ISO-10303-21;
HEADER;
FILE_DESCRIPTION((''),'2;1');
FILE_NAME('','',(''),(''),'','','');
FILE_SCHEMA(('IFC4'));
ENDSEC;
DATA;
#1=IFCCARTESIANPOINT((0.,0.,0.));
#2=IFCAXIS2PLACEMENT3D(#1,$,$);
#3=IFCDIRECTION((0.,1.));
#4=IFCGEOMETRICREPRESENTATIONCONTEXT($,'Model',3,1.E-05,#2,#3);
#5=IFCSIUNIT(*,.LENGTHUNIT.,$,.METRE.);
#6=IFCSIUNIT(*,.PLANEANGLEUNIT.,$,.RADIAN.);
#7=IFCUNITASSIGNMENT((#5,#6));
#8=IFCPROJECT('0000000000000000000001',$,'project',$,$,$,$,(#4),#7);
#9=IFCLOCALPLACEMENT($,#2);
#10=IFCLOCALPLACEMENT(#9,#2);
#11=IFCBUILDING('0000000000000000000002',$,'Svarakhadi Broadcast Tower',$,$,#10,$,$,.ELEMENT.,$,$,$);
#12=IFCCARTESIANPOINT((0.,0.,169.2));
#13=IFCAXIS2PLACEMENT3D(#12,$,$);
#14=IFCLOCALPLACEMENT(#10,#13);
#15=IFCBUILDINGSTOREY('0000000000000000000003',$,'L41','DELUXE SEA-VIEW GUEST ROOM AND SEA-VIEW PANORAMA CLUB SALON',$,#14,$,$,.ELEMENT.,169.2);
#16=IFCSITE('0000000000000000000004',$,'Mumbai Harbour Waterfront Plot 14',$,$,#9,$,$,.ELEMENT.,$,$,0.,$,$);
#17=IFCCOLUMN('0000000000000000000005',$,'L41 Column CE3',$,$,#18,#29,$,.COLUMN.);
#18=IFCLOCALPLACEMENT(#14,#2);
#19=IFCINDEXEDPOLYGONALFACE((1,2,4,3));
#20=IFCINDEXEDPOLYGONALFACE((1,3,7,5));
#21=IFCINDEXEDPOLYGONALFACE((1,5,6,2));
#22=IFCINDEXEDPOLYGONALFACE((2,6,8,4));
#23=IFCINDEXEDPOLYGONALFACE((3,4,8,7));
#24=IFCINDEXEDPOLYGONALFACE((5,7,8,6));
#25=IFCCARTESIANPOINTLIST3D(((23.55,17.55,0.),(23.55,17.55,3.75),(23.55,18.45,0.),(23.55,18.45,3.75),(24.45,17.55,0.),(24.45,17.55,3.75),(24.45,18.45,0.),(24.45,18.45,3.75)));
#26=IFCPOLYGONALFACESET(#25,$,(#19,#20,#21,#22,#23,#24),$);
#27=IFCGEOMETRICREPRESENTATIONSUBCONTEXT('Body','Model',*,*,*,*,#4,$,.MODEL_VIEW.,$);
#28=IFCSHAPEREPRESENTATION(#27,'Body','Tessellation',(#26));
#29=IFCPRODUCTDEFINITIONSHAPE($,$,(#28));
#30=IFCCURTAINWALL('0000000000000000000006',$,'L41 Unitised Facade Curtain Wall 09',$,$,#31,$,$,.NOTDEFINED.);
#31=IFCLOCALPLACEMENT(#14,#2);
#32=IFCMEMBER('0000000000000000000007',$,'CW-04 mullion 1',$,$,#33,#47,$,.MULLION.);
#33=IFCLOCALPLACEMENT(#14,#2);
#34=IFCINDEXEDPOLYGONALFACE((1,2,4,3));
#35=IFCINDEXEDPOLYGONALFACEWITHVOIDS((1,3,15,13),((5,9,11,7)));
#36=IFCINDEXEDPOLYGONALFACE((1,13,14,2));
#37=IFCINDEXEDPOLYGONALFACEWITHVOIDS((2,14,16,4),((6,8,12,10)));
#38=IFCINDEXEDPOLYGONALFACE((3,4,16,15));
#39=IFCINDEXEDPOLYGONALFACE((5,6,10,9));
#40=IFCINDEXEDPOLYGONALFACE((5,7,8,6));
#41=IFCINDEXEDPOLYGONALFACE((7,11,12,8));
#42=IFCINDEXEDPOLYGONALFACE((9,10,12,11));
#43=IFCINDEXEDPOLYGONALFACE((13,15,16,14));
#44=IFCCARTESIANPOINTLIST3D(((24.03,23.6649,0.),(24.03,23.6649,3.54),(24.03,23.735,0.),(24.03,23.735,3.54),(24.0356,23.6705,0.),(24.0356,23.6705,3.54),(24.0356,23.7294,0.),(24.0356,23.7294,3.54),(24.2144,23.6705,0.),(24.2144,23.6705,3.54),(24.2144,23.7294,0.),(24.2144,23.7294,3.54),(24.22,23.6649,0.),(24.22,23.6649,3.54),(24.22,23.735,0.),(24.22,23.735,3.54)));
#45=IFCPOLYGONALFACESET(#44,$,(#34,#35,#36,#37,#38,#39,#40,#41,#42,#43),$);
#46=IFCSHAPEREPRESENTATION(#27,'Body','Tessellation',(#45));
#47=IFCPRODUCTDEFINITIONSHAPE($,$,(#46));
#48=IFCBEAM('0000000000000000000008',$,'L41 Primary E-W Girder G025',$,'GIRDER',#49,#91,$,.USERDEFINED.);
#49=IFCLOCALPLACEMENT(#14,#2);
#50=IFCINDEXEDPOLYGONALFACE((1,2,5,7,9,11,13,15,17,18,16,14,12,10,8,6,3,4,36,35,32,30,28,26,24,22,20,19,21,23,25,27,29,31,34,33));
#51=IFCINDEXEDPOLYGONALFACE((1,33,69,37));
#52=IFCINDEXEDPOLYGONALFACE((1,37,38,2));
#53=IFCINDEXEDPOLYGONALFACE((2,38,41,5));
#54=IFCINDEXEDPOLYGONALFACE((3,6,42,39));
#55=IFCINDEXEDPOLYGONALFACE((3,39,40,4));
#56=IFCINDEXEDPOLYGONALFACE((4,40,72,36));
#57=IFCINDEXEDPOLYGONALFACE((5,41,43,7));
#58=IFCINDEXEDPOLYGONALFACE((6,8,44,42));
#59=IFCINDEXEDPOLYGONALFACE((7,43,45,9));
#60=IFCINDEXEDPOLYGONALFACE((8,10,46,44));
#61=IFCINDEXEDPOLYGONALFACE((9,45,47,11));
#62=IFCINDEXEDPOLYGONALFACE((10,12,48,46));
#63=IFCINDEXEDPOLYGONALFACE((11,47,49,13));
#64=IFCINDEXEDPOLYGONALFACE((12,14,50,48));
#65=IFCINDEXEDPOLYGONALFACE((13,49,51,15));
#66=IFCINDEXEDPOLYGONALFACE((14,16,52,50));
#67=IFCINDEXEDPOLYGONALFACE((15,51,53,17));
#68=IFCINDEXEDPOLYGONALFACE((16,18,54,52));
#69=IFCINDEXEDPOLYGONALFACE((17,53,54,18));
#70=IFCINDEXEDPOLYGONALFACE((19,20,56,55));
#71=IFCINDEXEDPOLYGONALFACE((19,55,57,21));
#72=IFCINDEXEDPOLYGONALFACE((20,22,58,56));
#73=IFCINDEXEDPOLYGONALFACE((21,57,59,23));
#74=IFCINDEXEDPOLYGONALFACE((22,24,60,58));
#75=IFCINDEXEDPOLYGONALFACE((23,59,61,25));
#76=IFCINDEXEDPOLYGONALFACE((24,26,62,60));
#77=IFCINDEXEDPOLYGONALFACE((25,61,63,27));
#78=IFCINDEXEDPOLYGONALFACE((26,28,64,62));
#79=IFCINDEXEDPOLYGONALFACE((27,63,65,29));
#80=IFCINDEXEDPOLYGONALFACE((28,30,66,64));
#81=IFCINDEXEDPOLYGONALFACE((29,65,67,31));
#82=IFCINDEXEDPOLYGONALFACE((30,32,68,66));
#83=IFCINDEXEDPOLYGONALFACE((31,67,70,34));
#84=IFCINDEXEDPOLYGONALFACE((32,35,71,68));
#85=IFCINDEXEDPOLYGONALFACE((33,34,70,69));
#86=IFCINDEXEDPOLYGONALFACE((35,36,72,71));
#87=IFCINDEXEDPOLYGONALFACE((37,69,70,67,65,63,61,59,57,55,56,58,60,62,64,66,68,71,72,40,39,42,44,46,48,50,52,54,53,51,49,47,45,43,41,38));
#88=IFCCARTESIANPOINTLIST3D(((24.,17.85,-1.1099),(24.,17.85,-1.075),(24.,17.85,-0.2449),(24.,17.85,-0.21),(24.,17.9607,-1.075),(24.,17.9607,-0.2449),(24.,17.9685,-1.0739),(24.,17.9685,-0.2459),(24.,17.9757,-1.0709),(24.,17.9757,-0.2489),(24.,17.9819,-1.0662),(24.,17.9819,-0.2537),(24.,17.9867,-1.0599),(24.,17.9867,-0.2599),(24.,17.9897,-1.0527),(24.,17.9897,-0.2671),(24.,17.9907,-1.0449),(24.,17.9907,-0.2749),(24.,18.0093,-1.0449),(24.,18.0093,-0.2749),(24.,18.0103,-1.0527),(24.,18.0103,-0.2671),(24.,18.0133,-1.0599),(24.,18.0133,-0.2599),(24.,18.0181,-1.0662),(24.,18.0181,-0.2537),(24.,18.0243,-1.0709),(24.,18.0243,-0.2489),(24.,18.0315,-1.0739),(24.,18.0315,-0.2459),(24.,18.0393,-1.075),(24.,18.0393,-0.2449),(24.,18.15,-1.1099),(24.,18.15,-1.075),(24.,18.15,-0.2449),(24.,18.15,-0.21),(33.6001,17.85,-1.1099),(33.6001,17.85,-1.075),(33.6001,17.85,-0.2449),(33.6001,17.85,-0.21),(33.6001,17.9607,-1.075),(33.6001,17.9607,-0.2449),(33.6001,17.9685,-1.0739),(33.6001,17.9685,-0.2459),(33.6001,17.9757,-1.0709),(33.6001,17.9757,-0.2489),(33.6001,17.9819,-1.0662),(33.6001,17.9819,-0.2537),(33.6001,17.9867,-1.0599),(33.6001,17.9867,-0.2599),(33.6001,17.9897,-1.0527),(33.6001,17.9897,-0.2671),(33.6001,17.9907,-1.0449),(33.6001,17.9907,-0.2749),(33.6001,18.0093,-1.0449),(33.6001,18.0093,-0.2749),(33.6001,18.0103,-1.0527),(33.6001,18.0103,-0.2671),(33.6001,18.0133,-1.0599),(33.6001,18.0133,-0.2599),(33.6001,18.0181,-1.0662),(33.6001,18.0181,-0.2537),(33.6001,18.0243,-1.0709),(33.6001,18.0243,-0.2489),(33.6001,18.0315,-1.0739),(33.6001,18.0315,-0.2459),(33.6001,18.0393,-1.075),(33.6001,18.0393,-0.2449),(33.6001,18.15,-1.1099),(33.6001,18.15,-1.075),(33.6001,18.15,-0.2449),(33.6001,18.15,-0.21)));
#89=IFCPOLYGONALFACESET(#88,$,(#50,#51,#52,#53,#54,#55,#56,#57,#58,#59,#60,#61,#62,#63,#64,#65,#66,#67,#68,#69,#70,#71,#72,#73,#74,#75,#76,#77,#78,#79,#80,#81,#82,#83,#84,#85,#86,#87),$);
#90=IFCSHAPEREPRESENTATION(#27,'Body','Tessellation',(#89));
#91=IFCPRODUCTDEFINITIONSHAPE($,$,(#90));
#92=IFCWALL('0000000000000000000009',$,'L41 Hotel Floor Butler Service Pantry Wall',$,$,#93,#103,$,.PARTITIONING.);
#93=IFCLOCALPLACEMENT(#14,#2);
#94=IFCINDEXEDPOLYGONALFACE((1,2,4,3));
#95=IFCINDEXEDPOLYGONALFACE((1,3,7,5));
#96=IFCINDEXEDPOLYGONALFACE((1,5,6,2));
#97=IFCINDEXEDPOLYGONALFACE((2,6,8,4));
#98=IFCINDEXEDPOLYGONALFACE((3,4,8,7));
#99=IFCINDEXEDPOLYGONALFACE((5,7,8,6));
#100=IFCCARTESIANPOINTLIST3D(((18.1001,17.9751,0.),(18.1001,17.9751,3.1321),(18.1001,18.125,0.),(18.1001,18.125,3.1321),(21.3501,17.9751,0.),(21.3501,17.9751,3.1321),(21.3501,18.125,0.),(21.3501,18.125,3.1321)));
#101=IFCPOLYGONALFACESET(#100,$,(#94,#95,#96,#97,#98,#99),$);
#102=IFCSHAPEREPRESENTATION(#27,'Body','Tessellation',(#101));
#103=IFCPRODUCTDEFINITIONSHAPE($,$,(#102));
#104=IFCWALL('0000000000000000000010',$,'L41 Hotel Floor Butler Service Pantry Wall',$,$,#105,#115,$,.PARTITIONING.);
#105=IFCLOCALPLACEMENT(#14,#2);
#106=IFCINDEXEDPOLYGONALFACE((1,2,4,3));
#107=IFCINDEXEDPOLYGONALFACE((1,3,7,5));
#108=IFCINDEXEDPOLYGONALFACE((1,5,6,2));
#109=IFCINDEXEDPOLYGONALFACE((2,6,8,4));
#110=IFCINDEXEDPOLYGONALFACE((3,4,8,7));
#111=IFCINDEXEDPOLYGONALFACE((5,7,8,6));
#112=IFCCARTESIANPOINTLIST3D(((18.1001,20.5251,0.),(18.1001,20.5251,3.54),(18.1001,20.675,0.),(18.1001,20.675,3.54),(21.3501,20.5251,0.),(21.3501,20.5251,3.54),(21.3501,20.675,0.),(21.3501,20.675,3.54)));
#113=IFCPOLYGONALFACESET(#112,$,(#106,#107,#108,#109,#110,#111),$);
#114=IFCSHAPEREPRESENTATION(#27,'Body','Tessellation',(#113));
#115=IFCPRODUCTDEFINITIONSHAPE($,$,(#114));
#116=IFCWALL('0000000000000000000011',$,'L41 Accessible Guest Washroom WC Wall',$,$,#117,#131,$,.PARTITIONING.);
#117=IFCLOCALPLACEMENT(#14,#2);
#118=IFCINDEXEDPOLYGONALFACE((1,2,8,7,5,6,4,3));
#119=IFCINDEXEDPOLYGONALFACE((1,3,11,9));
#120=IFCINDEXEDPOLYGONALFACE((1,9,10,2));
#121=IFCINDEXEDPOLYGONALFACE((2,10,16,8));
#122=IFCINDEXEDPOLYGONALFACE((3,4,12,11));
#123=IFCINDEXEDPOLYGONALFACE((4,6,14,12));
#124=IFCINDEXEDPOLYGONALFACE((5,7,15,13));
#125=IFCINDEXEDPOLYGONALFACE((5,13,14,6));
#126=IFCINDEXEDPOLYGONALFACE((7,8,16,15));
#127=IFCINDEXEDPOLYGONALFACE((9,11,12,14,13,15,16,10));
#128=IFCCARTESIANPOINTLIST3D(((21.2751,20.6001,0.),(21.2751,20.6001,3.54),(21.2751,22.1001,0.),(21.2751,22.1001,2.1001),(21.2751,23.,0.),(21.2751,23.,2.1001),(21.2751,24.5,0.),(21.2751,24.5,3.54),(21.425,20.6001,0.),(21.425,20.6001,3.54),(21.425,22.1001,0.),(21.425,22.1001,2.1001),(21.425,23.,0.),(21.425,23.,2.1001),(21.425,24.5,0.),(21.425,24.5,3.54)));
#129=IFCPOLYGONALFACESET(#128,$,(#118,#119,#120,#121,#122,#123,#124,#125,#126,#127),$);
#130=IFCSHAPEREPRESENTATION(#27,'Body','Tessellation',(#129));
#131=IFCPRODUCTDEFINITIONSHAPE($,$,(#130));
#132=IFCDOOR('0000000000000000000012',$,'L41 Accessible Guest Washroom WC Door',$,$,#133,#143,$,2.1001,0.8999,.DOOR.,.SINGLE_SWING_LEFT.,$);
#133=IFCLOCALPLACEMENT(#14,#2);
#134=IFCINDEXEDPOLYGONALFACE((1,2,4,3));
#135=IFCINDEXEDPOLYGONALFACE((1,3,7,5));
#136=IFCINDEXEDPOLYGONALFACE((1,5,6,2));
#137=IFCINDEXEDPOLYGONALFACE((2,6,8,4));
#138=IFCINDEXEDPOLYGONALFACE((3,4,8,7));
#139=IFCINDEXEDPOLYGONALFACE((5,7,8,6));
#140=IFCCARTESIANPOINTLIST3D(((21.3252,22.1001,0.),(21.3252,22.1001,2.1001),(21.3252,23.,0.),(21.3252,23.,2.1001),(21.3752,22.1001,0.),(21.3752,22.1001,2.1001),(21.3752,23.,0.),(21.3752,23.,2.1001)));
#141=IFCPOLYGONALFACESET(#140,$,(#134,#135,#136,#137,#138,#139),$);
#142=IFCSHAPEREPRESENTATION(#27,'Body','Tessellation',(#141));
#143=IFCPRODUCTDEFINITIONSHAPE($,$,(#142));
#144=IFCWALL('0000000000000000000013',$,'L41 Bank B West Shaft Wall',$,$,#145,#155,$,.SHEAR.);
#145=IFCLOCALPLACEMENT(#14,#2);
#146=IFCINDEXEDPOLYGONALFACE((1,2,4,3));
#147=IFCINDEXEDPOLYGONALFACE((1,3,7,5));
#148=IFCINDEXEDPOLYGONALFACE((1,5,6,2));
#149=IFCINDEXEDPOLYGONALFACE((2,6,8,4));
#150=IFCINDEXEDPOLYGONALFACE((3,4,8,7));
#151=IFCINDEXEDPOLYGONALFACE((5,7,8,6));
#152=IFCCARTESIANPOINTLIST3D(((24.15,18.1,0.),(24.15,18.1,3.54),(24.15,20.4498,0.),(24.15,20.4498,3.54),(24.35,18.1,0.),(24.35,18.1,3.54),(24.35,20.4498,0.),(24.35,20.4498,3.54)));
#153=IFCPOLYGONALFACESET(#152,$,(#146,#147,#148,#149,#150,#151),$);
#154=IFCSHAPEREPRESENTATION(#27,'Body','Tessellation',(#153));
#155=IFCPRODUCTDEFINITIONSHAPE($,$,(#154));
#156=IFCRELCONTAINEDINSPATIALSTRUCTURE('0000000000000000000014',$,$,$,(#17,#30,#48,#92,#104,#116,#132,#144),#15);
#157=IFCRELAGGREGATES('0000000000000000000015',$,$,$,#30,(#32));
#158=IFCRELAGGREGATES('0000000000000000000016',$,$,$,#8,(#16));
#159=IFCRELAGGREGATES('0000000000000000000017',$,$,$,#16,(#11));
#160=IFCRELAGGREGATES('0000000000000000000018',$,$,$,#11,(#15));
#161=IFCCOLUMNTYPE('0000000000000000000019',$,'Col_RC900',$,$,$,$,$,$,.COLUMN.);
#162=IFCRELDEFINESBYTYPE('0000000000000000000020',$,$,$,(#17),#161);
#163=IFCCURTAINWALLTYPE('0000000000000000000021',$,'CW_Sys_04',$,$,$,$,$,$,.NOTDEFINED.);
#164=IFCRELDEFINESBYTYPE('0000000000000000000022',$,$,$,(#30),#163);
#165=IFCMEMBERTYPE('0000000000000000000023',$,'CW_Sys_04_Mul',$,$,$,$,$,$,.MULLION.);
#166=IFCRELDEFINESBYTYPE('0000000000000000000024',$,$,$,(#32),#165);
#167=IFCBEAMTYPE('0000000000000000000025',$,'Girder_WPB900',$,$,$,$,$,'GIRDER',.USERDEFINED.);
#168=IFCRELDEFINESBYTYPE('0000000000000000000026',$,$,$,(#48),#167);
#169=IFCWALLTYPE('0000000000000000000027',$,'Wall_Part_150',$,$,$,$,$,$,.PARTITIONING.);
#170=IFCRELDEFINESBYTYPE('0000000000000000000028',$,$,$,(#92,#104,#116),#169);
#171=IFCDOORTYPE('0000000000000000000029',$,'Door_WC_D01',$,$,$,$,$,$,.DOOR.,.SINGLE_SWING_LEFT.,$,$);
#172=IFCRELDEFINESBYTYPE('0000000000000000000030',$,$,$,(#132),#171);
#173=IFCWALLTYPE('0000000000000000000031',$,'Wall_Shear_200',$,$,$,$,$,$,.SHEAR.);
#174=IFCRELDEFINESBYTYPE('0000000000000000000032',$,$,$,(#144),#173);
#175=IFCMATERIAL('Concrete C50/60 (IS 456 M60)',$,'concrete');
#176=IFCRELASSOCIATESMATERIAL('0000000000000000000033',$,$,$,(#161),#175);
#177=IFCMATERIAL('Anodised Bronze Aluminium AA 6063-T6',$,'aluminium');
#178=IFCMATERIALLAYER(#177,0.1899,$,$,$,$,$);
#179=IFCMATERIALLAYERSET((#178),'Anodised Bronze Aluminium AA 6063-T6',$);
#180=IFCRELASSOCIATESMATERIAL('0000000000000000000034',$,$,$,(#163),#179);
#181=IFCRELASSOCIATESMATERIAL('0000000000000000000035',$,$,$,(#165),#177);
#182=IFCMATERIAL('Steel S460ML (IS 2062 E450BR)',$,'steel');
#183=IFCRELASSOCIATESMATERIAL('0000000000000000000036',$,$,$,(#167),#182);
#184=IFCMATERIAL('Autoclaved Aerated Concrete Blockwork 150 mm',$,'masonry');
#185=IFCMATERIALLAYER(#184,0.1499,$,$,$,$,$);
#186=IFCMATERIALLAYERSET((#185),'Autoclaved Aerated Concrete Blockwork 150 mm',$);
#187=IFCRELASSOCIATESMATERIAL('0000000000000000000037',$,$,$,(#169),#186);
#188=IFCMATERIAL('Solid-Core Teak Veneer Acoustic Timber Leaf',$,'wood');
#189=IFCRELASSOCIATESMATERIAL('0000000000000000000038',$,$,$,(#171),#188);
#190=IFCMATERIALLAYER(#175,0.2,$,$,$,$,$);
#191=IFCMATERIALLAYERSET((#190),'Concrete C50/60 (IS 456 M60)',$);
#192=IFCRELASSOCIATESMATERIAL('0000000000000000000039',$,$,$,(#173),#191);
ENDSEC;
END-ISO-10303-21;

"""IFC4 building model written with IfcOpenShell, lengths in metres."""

from ifc_helpers import new_model, si_unit, direction, frame, frame_2d, origin, origin_2d, place, context, subcontext, project, spatial, rectangle, hollow_rectangle, i_section, extrude, material, layer, layer_set, material_profile, profile_set, type_object, element, fill, aggregate, save


model = new_model("IFC4")

# Units and contexts
model_context = context("Model", 3, precision=1e-05, world=origin(), true_north=direction((0.0, 1.0)))
body_context = subcontext(model_context, "Body", "Model", "MODEL_VIEW")
ifc_project = project(units=[si_unit("LENGTHUNIT", "METRE"), si_unit("PLANEANGLEUNIT", "RADIAN")], contexts=[model_context])

# Site, building, storey
site_placement = place(None, origin())
site = spatial("IfcSite", under=ifc_project, at=site_placement, Name="Mumbai Harbour Waterfront Plot 14", CompositionType="ELEMENT", RefElevation=0.0)
building_placement = place(site_placement, origin())
building = spatial("IfcBuilding", under=site, at=building_placement, Name="Svarakhadi Broadcast Tower", CompositionType="ELEMENT")
storey_placement = place(building_placement, frame((0.0, 0.0, 169.2)))
storey = spatial("IfcBuildingStorey", under=building, at=storey_placement, Name="L41", Description="DELUXE SEA-VIEW GUEST ROOM AND SEA-VIEW PANORAMA CLUB SALON", CompositionType="ELEMENT", Elevation=169.2)

# Column
ifc_material_1 = material(Name="Concrete C50/60 (IS 456 M60)", Category="concrete")
ifc_material_profile_1 = material_profile(ifc_material_1, rectangle(XDim=0.8999, YDim=0.8999, at=origin_2d()), Name="RC 900x900")
ifc_profile_set_1 = profile_set([ifc_material_profile_1], Name="Concrete C50/60 (IS 456 M60)")
column_type = type_object("IfcColumnType", Name="Col_RC900", PredefinedType="COLUMN", material=ifc_profile_set_1)
column_placement = place(storey_placement, frame((24.0, 18.0, 0.0), z_axis=(0.0, 0.0, 1.0), x_axis=(1.0, 0.0, 0.0)))
element("IfcColumn", 1, at=column_placement, inside=storey, type_object=column_type, Name="L41 Column CE3", PredefinedType="COLUMN", context=body_context, shape_type="SweptSolid", body=[
    extrude(rectangle(XDim=0.8999, YDim=0.8999, at=origin_2d()), origin(), (0.0, 0.0, 1.0), 3.75),
])

# Curtain wall, member
ifc_material_2 = material(Name="Anodised Bronze Aluminium AA 6063-T6", Category="aluminium")
ifc_layer_1 = layer(ifc_material_2, 0.1899)
ifc_layer_set_1 = layer_set([ifc_layer_1], Name="Anodised Bronze Aluminium AA 6063-T6")
curtain_wall_type = type_object("IfcCurtainWallType", Name="CW_Sys_04", PredefinedType="NOTDEFINED", material=ifc_layer_set_1)
curtain_wall_placement = place(storey_placement, origin())
curtain_wall = element("IfcCurtainWall", 2, at=curtain_wall_placement, inside=storey, type_object=curtain_wall_type, Name="L41 Unitised Facade Curtain Wall 09", PredefinedType="NOTDEFINED")
ifc_material_profile_2 = material_profile(ifc_material_2, hollow_rectangle(XDim=0.0701, YDim=0.1899, WallThickness=0.0056, at=origin_2d()), Name="ALU MULLION 190x70x6")
ifc_profile_set_2 = profile_set([ifc_material_profile_2], Name="Anodised Bronze Aluminium AA 6063-T6")
member_type = type_object("IfcMemberType", Name="CW_Sys_04_Mul", PredefinedType="MULLION", material=ifc_profile_set_2)
member_placement = place(storey_placement, frame((24.125, 23.7, 0.0), z_axis=(0.0, 0.0, 1.0), x_axis=(0.0, 1.0, 0.0)))
member = element("IfcMember", 3, at=member_placement, type_object=member_type, Name="CW-04 mullion 1", PredefinedType="MULLION", context=body_context, shape_type="SweptSolid", body=[
    extrude(hollow_rectangle(XDim=0.0701, YDim=0.1899, WallThickness=0.0056, at=origin_2d()), origin(), (0.0, 0.0, 1.0), 3.54),
])
aggregate(curtain_wall, [member])

# Beam
ifc_material_3 = material(Name="Steel S460ML (IS 2062 E450BR)", Category="steel")
ifc_material_profile_3 = material_profile(ifc_material_3, i_section(OverallWidth=0.3, OverallDepth=0.8999, WebThickness=0.0186, FlangeThickness=0.0349, FilletRadius=0.03, at=origin_2d()), Name="WPB 900x300x291")
ifc_profile_set_3 = profile_set([ifc_material_profile_3], Name="Steel S460ML (IS 2062 E450BR)")
beam_type = type_object("IfcBeamType", Name="Girder_WPB900", ElementType="GIRDER", PredefinedType="USERDEFINED", material=ifc_profile_set_3)
beam_placement = place(storey_placement, frame((24.0, 18.0, -0.6599), z_axis=(1.0, 0.0, 0.0), x_axis=(0.0, 1.0, 0.0)))
element("IfcBeam", 4, at=beam_placement, inside=storey, type_object=beam_type, Name="L41 Primary E-W Girder G025", ObjectType="GIRDER", PredefinedType="USERDEFINED", context=body_context, shape_type="SweptSolid", body=[
    extrude(i_section(OverallWidth=0.3, OverallDepth=0.8999, WebThickness=0.0186, FlangeThickness=0.0349, FilletRadius=0.03, at=origin_2d()), origin(), (0.0, 0.0, 1.0), 9.6001),
])

# Walls
ifc_material_4 = material(Name="Autoclaved Aerated Concrete Blockwork 150 mm", Category="masonry")
ifc_layer_2 = layer(ifc_material_4, 0.1499)
ifc_layer_set_2 = layer_set([ifc_layer_2], Name="Autoclaved Aerated Concrete Blockwork 150 mm")
wall_type_1 = type_object("IfcWallType", Name="Wall_Part_150", PredefinedType="PARTITIONING", material=ifc_layer_set_2)
wall_1_placement = place(storey_placement, frame((18.1001, 18.05, 0.0), z_axis=(0.0, 0.0, 1.0), x_axis=(1.0, 0.0, 0.0)))
element("IfcWall", 5, at=wall_1_placement, inside=storey, type_object=wall_type_1, Name="L41 Hotel Floor Butler Service Pantry Wall", PredefinedType="PARTITIONING", context=body_context, shape_type="SweptSolid", body=[
    extrude(rectangle(XDim=3.25, YDim=0.1499, at=frame_2d((1.625, 0.0))), origin(), (0.0, 0.0, 1.0), 3.1321),
])
wall_2_placement = place(storey_placement, frame((18.1001, 20.6001, 0.0), z_axis=(0.0, 0.0, 1.0), x_axis=(1.0, 0.0, 0.0)))
element("IfcWall", 6, at=wall_2_placement, inside=storey, type_object=wall_type_1, Name="L41 Hotel Floor Butler Service Pantry Wall", PredefinedType="PARTITIONING", context=body_context, shape_type="SweptSolid", body=[
    extrude(rectangle(XDim=3.25, YDim=0.1499, at=frame_2d((1.625, 0.0))), origin(), (0.0, 0.0, 1.0), 3.54),
])

# Wall, opening, door
ifc_material_5 = material(Name="Solid-Core Teak Veneer Acoustic Timber Leaf", Category="wood")
wall_3_placement = place(storey_placement, frame((21.3501, 20.6001, 0.0), z_axis=(0.0, 0.0, 1.0), x_axis=(0.0, 1.0, 0.0)))
wall_3 = element("IfcWall", 7, at=wall_3_placement, inside=storey, type_object=wall_type_1, Name="L41 Accessible Guest Washroom WC Wall", PredefinedType="PARTITIONING", context=body_context, shape_type="SweptSolid", body=[
    extrude(rectangle(XDim=3.8999, YDim=0.1499, at=frame_2d((1.95, 0.0))), origin(), (0.0, 0.0, 1.0), 3.54),
])
opening_1_placement = place(wall_3_placement, frame((1.5, 0.0, 0.0)))
opening_1 = element("IfcOpeningElement", 8, at=opening_1_placement, cuts=wall_3, PredefinedType="OPENING", context=body_context, shape_type="SweptSolid", body=[
    extrude(rectangle(XDim=0.8999, YDim=2.1001, at=frame_2d((0.45, 1.05))), frame((0.0, 0.085, 0.0), z_axis=(0.0, -1.0, 0.0), x_axis=(1.0, 0.0, 0.0)), (0.0, 0.0, 1.0), 0.1699),
])
door_type_1 = type_object("IfcDoorType", Name="Door_WC_D01", OperationType="SINGLE_SWING_LEFT", PredefinedType="DOOR", material=ifc_material_5)
door_1_placement = place(opening_1_placement, origin())
door_1 = element("IfcDoor", 9, at=door_1_placement, inside=storey, type_object=door_type_1, Name="L41 Accessible Guest Washroom WC Door", OperationType="SINGLE_SWING_LEFT", OverallHeight=2.1001, OverallWidth=0.8999, PredefinedType="DOOR", context=body_context, shape_type="SweptSolid", body=[
    extrude(rectangle(XDim=0.8999, YDim=2.1001, at=frame_2d((0.45, 1.05))), frame((0.0, 0.0249, 0.0), z_axis=(0.0, -1.0, 0.0), x_axis=(1.0, 0.0, 0.0)), (0.0, 0.0, 1.0), 0.05),
])
fill(opening_1, door_1)

# Wall
ifc_layer_3 = layer(ifc_material_1, 0.2)
ifc_layer_set_3 = layer_set([ifc_layer_3], Name="Concrete C50/60 (IS 456 M60)")
wall_type_2 = type_object("IfcWallType", Name="Wall_Shear_200", PredefinedType="SHEAR", material=ifc_layer_set_3)
wall_4_placement = place(storey_placement, frame((24.25, 18.1001, 0.0), z_axis=(0.0, 0.0, 1.0), x_axis=(0.0, 1.0, 0.0)))
element("IfcWall", 10, at=wall_4_placement, inside=storey, type_object=wall_type_2, Name="L41 Bank B West Shaft Wall", PredefinedType="SHEAR", context=body_context, shape_type="SweptSolid", body=[
    extrude(rectangle(XDim=2.3499, YDim=0.2, at=frame_2d((1.1748, 0.0))), origin(), (0.0, 0.0, 1.0), 3.54),
])

save(model, "model.ifc")
